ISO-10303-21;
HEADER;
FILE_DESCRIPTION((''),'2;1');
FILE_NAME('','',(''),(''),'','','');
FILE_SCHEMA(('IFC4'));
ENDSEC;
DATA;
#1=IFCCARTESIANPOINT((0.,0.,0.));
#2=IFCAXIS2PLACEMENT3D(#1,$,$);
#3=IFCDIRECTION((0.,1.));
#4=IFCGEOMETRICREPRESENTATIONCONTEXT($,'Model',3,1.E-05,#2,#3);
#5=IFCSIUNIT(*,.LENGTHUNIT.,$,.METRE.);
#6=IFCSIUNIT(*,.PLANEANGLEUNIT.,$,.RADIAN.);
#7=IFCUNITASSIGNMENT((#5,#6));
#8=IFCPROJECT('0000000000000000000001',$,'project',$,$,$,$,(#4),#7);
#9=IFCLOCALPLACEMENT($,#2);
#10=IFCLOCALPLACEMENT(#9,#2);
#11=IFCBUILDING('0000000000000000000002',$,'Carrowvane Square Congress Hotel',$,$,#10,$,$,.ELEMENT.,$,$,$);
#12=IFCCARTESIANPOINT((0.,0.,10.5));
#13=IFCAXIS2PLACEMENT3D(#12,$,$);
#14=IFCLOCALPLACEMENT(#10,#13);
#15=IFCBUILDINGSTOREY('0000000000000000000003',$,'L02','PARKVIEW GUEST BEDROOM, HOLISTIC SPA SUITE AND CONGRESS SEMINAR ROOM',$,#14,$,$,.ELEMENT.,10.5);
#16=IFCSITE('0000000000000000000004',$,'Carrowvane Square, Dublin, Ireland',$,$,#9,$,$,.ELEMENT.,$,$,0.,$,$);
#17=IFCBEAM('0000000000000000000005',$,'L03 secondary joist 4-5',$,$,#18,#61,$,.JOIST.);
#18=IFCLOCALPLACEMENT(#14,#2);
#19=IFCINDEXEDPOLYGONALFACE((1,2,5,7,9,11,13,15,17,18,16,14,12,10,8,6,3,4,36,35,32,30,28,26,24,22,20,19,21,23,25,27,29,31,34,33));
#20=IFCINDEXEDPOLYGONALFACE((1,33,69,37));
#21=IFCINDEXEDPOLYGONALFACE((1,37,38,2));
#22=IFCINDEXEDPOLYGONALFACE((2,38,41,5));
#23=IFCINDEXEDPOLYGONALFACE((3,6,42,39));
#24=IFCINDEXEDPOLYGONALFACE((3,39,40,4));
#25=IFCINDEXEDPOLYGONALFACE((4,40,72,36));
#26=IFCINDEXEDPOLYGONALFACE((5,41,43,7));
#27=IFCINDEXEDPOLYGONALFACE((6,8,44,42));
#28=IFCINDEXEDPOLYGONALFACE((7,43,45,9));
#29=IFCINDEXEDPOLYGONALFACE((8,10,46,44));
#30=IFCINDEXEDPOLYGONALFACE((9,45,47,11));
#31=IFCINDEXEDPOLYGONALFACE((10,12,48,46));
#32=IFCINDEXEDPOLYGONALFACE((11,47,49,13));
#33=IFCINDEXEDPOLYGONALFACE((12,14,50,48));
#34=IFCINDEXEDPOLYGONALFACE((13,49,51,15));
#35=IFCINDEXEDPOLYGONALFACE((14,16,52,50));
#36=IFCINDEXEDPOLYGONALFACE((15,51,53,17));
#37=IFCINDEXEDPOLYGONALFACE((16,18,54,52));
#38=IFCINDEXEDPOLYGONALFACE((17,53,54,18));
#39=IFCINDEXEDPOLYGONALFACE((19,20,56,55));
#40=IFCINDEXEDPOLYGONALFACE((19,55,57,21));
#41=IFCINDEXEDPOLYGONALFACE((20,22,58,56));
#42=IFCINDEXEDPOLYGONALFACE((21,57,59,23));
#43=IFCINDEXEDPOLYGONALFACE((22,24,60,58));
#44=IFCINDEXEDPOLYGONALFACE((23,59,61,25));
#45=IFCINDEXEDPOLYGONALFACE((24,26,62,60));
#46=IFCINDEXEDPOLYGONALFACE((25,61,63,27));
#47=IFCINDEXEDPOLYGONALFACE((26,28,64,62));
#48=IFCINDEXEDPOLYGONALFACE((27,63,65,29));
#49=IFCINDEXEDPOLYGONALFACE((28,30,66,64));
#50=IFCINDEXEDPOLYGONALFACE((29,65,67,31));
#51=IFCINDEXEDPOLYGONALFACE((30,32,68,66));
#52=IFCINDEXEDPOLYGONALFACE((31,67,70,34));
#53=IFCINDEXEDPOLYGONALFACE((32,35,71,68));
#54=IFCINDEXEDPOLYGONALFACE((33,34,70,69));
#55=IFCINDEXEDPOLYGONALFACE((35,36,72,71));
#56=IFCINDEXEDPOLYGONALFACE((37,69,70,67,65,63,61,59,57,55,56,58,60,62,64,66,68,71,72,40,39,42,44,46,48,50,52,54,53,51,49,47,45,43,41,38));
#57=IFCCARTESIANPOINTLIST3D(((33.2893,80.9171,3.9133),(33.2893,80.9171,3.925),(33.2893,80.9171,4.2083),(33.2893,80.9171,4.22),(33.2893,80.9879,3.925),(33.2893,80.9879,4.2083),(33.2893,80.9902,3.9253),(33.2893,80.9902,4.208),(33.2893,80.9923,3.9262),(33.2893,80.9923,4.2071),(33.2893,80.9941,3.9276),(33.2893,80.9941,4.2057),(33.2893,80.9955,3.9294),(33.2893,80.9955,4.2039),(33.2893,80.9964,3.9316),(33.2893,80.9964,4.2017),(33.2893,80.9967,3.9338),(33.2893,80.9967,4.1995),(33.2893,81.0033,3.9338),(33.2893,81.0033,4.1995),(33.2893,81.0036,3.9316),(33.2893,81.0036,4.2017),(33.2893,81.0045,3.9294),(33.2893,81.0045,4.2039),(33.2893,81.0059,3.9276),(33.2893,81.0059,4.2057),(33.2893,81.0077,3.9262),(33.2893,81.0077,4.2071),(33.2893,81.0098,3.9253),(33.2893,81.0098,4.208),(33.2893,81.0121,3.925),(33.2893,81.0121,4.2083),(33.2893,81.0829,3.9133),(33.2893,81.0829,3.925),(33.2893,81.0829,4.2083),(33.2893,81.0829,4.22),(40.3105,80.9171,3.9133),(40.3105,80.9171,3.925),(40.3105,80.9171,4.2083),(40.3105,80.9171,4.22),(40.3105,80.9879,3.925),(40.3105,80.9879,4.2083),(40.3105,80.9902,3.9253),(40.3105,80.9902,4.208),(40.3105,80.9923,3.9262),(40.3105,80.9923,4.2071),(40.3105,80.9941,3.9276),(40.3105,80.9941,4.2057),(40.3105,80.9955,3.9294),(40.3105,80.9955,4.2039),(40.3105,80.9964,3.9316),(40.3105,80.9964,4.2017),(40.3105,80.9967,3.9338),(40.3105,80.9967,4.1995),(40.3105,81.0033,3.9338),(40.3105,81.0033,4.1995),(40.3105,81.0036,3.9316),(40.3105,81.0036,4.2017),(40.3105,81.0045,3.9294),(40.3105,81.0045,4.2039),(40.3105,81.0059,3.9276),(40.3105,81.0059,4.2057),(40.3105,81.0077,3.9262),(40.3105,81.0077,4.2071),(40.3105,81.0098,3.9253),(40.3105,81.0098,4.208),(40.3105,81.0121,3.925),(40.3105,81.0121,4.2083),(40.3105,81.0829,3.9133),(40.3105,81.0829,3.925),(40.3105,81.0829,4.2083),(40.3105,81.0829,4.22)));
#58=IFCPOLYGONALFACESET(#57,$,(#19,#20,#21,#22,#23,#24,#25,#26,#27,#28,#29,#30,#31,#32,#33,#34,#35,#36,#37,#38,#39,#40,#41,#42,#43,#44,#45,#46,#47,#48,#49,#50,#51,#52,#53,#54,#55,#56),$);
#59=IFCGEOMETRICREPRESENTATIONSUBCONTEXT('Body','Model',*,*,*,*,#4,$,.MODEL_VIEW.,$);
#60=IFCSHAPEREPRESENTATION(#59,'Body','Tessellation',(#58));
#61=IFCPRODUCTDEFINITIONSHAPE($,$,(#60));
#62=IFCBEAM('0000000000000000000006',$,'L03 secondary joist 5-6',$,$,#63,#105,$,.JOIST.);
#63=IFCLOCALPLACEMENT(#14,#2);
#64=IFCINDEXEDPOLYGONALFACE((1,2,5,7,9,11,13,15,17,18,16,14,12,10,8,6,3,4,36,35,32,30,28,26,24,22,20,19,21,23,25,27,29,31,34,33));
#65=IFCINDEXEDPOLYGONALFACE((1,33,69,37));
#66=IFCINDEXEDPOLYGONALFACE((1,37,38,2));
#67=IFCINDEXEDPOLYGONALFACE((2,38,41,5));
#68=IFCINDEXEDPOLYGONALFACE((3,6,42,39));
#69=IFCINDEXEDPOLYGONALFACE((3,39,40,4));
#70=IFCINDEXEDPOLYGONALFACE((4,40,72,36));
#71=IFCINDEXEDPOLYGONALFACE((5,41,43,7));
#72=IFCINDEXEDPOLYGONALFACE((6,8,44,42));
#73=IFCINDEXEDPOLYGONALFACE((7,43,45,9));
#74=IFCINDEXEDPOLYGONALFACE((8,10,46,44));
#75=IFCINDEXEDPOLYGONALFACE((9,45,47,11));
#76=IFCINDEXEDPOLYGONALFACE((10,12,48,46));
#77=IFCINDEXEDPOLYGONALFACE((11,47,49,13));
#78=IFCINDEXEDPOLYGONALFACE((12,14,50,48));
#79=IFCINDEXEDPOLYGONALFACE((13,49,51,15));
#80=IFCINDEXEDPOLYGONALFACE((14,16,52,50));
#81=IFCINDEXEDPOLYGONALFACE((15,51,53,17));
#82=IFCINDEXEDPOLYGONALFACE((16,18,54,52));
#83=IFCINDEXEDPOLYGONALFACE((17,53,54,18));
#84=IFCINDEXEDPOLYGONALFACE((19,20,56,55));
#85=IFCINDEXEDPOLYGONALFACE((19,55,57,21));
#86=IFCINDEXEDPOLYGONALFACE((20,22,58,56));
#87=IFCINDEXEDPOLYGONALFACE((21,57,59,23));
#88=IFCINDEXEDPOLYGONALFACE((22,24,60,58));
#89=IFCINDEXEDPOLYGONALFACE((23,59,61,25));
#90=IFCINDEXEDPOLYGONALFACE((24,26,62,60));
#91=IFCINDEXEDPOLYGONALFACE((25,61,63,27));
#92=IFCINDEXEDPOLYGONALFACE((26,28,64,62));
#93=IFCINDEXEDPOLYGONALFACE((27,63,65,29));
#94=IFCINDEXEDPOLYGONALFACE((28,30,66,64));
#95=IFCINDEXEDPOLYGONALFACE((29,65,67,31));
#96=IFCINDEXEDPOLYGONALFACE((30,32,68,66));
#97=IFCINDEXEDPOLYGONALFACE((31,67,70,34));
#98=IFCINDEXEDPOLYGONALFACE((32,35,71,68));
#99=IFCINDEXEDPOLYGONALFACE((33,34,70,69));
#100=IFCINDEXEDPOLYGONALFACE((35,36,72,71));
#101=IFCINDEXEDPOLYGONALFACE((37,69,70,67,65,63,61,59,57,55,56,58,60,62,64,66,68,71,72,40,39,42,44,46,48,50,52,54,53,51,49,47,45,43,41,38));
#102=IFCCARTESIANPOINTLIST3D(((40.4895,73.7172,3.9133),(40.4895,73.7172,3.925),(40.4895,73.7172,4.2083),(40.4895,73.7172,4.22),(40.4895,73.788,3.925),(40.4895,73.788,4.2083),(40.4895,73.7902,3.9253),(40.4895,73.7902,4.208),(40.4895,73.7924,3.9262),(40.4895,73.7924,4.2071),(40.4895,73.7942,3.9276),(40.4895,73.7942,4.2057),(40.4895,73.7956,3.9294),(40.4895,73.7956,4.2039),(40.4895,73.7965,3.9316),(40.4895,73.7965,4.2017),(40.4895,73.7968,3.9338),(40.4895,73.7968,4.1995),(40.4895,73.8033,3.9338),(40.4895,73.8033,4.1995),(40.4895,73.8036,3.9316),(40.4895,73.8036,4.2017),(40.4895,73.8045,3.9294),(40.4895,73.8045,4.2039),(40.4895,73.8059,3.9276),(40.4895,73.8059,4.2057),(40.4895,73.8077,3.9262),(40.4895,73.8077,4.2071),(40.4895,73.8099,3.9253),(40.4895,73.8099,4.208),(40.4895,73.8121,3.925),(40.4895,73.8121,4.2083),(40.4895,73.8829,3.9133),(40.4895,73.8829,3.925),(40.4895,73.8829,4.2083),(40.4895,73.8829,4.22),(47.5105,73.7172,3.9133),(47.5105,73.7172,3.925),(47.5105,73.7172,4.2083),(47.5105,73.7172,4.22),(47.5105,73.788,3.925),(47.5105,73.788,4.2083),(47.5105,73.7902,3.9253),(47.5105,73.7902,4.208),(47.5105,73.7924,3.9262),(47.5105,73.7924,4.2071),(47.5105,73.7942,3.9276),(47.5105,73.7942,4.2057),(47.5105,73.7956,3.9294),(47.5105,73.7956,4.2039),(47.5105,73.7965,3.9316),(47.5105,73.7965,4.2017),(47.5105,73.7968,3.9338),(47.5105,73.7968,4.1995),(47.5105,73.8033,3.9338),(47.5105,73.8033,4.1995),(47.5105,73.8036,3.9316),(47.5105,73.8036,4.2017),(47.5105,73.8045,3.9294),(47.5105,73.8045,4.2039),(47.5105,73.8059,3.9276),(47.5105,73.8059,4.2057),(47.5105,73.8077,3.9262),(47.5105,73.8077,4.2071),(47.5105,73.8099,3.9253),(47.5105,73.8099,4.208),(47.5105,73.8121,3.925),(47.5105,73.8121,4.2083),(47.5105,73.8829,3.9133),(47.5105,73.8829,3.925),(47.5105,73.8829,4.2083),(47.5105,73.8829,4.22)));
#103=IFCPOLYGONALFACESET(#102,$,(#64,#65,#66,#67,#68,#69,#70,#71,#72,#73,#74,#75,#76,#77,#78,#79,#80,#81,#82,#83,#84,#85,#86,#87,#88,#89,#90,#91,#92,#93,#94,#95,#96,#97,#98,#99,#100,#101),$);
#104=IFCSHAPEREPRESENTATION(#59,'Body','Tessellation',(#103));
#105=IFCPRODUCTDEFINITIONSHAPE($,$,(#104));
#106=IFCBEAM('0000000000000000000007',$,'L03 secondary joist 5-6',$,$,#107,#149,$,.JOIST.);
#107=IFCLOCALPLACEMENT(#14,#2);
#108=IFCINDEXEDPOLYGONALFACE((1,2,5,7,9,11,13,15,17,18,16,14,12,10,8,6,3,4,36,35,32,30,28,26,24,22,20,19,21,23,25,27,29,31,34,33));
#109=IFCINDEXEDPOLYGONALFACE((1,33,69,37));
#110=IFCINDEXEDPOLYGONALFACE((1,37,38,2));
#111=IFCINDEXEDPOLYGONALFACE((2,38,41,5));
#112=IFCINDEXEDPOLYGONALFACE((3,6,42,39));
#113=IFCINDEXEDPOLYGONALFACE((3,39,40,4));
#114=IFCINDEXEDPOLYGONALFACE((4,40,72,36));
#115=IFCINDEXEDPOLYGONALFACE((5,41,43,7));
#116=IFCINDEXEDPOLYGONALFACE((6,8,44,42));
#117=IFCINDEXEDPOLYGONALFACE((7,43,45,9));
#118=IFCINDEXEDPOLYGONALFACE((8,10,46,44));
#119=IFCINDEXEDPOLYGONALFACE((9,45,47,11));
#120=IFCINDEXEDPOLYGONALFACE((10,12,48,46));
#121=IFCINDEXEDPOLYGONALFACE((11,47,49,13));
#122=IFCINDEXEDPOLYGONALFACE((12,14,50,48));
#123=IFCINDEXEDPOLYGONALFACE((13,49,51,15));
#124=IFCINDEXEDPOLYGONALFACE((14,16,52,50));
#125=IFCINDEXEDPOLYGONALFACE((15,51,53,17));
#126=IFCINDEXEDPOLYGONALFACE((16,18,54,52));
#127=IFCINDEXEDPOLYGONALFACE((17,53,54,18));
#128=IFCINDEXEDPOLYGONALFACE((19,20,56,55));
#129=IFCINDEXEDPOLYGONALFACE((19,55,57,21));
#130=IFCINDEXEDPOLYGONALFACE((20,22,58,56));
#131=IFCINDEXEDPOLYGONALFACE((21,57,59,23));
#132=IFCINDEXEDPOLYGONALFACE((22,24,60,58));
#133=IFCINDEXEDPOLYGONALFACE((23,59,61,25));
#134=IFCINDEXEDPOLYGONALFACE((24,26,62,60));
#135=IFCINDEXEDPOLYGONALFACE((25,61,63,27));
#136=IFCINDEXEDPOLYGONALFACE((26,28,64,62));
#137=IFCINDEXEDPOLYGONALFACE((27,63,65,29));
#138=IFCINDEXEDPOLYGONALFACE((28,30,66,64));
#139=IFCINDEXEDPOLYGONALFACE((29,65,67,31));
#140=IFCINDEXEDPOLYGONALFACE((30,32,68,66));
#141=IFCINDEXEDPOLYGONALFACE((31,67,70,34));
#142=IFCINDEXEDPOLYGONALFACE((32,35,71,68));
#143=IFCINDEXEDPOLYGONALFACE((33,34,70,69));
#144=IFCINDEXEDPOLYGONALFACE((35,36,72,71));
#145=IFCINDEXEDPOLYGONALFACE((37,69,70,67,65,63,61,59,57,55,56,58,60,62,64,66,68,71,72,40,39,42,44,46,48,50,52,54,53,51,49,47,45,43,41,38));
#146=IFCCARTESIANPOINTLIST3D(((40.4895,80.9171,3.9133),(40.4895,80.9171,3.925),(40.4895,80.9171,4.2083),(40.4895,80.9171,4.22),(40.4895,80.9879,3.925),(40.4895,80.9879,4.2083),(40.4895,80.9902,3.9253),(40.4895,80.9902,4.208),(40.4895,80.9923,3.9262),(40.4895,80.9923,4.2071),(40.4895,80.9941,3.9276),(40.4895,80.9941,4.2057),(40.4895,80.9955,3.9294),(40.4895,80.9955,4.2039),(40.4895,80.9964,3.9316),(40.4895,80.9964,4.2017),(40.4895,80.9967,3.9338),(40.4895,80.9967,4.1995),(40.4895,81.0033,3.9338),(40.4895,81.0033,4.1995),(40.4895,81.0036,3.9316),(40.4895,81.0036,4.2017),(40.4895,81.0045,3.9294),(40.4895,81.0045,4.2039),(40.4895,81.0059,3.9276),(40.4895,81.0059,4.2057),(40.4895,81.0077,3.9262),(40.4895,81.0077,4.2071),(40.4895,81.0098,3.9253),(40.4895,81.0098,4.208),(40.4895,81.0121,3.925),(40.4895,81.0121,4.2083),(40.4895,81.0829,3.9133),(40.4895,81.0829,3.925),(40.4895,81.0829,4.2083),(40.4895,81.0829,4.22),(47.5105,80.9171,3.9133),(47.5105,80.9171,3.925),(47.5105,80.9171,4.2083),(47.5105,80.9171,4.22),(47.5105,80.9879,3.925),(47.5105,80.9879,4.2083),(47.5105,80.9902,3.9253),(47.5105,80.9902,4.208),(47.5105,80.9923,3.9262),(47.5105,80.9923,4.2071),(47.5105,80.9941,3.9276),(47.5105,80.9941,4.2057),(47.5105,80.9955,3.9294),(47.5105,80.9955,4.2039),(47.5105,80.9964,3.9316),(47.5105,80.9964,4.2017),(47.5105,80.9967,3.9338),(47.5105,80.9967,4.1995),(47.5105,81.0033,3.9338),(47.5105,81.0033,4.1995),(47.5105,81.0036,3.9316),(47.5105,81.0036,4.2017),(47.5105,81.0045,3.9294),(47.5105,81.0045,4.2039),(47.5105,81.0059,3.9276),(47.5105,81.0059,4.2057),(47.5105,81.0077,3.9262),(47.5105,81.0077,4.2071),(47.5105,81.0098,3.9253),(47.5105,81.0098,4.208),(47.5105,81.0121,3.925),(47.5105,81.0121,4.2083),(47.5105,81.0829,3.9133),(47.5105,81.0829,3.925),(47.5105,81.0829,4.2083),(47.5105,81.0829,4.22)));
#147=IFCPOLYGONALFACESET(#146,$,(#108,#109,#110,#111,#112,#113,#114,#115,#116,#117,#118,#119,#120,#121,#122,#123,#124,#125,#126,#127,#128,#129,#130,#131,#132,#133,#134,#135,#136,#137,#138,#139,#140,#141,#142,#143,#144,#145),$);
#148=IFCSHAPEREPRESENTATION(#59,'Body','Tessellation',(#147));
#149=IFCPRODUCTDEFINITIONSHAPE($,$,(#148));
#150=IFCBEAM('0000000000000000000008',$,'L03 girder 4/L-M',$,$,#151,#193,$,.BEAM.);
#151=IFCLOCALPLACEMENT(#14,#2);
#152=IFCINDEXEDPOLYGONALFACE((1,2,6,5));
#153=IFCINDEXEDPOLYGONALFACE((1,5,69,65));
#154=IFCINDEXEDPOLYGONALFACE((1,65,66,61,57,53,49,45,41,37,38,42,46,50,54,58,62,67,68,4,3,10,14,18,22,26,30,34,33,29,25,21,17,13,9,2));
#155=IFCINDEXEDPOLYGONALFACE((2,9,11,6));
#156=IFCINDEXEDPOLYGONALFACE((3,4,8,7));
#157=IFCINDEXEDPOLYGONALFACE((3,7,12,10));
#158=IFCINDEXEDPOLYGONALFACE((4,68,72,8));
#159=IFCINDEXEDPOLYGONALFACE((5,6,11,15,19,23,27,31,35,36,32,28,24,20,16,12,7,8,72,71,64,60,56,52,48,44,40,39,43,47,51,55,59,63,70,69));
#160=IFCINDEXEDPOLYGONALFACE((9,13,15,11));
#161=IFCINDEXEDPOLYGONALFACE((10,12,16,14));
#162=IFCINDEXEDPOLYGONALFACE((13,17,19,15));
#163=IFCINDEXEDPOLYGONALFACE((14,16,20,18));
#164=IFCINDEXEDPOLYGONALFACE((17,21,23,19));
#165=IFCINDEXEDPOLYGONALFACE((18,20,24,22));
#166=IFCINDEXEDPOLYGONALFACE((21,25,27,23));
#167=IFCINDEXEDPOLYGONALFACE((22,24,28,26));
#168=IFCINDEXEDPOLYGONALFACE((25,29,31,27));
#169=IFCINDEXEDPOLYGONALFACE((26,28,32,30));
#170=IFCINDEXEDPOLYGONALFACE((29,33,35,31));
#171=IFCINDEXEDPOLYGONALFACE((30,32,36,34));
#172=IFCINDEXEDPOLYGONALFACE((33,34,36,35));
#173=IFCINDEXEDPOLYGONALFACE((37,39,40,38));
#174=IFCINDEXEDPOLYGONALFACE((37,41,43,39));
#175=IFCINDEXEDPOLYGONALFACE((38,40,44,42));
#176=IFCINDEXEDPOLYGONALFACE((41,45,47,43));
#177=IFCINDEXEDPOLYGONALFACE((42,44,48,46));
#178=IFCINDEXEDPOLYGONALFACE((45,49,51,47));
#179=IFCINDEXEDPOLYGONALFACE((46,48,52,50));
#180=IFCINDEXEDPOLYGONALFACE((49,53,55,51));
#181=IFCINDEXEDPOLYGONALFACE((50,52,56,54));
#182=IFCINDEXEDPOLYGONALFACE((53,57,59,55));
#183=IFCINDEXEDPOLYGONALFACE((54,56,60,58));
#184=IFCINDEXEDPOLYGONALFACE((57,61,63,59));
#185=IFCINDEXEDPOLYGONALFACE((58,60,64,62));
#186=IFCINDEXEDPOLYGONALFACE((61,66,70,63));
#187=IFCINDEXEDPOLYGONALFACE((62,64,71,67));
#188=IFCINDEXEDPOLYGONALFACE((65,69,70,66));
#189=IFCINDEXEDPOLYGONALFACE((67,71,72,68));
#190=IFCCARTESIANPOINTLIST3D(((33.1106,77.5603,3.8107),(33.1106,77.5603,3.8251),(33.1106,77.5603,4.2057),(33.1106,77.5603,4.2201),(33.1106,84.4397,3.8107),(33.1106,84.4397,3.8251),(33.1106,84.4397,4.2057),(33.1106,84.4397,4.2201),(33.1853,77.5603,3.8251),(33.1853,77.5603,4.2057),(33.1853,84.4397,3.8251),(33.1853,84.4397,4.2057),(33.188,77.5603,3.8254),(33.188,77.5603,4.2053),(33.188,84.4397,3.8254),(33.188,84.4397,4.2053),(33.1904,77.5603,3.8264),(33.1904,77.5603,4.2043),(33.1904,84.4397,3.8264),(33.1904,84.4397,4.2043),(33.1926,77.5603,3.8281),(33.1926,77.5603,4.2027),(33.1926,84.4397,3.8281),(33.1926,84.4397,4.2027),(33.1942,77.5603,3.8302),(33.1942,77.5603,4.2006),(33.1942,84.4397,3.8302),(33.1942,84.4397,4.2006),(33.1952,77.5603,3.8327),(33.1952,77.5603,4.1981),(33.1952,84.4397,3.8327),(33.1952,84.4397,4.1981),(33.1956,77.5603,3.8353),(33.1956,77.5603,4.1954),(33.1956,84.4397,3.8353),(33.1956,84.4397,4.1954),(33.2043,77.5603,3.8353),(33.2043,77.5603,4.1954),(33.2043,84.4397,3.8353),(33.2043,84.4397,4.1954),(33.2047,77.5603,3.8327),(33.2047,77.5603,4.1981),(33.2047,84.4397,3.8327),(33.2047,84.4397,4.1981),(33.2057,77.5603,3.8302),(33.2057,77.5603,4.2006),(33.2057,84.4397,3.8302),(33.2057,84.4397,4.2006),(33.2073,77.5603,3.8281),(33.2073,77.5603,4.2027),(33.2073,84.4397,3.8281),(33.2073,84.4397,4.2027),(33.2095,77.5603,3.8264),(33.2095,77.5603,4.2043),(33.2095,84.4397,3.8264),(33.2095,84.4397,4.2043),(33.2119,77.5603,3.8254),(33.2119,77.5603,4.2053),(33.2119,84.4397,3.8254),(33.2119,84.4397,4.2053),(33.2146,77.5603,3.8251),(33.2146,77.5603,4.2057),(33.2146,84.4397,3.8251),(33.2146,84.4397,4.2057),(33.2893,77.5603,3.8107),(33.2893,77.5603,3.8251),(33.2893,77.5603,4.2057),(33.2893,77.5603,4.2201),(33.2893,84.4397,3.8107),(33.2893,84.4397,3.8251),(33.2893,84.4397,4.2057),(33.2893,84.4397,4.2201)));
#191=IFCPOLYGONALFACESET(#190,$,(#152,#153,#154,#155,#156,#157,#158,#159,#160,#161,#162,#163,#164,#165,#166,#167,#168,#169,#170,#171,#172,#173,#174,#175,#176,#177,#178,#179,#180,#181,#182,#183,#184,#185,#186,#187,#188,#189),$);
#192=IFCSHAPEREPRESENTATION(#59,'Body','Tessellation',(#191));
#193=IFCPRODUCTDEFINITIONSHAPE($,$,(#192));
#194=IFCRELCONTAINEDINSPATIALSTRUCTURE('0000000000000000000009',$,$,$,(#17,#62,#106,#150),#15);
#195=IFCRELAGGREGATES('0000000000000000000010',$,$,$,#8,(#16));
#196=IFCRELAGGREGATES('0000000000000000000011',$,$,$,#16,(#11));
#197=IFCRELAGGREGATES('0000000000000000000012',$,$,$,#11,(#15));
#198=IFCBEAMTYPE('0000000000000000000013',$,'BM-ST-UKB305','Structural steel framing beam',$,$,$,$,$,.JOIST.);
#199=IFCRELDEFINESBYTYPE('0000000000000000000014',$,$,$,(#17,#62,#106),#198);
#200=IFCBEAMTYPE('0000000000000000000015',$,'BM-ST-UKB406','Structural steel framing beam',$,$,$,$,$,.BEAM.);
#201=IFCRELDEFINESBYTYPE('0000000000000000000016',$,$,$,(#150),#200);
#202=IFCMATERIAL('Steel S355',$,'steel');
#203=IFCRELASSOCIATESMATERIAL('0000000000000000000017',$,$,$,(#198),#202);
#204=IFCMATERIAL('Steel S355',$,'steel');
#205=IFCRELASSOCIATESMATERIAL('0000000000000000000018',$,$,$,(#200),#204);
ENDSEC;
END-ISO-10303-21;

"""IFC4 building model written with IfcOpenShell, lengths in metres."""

from ifc_helpers import new_model, si_unit, direction, frame, origin, origin_2d, place, context, subcontext, project, spatial, i_section, extrude, material, material_profile, profile_set, type_object, element, save


model = new_model("IFC4")

# Units and contexts
model_context = context("Model", 3, precision=1e-05, world=origin(), true_north=direction((0.0, 1.0)))
body_context = subcontext(model_context, "Body", "Model", "MODEL_VIEW")
ifc_project = project(units=[si_unit("LENGTHUNIT", "METRE"), si_unit("PLANEANGLEUNIT", "RADIAN")], contexts=[model_context])

# Site, building, storey
site_placement = place(None, origin())
site = spatial("IfcSite", under=ifc_project, at=site_placement, Name="Carrowvane Square, Dublin, Ireland", CompositionType="ELEMENT", RefElevation=0.0)
building_placement = place(site_placement, origin())
building = spatial("IfcBuilding", under=site, at=building_placement, Name="Carrowvane Square Congress Hotel", CompositionType="ELEMENT")
storey_placement = place(building_placement, frame((0.0, 0.0, 10.5)))
storey = spatial("IfcBuildingStorey", under=building, at=storey_placement, Name="L02", Description="PARKVIEW GUEST BEDROOM, HOLISTIC SPA SUITE AND CONGRESS SEMINAR ROOM", CompositionType="ELEMENT", Elevation=10.5)

# Beams
ifc_material_1 = material(Name="Steel S355", Category="steel")
ifc_material_profile_1 = material_profile(ifc_material_1, i_section(OverallWidth=0.1658, OverallDepth=0.3066, WebThickness=0.0066, FlangeThickness=0.0117, FilletRadius=0.0088, at=origin_2d()), Name="UKB 305x165x46")
ifc_profile_set_1 = profile_set([ifc_material_profile_1], Name="Steel S355")
beam_type_1 = type_object("IfcBeamType", Name="BM-ST-UKB305", Description="Structural steel framing beam", PredefinedType="JOIST", material=ifc_profile_set_1)
for number, where, z_axis, x_axis, name in (
    (1, (33.2893, 81.0, 4.0667), (1.0, 0.0, 0.0), (0.0, 1.0, 0.0), "L03 secondary joist 4-5"),
):
    element("IfcBeam", number, at=place(storey_placement, frame(where, z_axis=z_axis, x_axis=x_axis)), inside=storey, type_object=beam_type_1, Name=name, PredefinedType="JOIST", context=body_context, shape_type="SweptSolid", body=[
        extrude(i_section(OverallWidth=0.1658, OverallDepth=0.3066, WebThickness=0.0066, FlangeThickness=0.0117, FilletRadius=0.0088, at=origin_2d()), origin(), (0.0, 0.0, 1.0), 7.0212),
    ])
for number, where, z_axis, x_axis, name in (
    (2, (40.4895, 73.8, 4.0667), (1.0, 0.0, 0.0), (0.0, 1.0, 0.0), "L03 secondary joist 5-6"),
    (3, (40.4895, 81.0, 4.0667), (1.0, 0.0, 0.0), (0.0, 1.0, 0.0), "L03 secondary joist 5-6"),
):
    element("IfcBeam", number, at=place(storey_placement, frame(where, z_axis=z_axis, x_axis=x_axis)), inside=storey, type_object=beam_type_1, Name=name, PredefinedType="JOIST", context=body_context, shape_type="SweptSolid", body=[
        extrude(i_section(OverallWidth=0.1658, OverallDepth=0.3066, WebThickness=0.0066, FlangeThickness=0.0117, FilletRadius=0.0088, at=origin_2d()), origin(), (0.0, 0.0, 1.0), 7.021),
    ])
ifc_material_2 = material(Name="Steel S355", Category="steel")
ifc_material_profile_2 = material_profile(ifc_material_2, i_section(OverallWidth=0.1787, OverallDepth=0.4094, WebThickness=0.0088, FlangeThickness=0.0144, FilletRadius=0.0103, at=origin_2d()), Name="UKB 406x178x67")
ifc_profile_set_2 = profile_set([ifc_material_profile_2], Name="Steel S355")
beam_type_2 = type_object("IfcBeamType", Name="BM-ST-UKB406", Description="Structural steel framing beam", PredefinedType="BEAM", material=ifc_profile_set_2)
beam_1_placement = place(storey_placement, frame((33.2, 77.5603, 4.0154), z_axis=(0.0, 1.0, 0.0), x_axis=(-1.0, 0.0, 0.0)))
element("IfcBeam", 4, at=beam_1_placement, inside=storey, type_object=beam_type_2, Name="L03 girder 4/L-M", PredefinedType="BEAM", context=body_context, shape_type="SweptSolid", body=[
    extrude(i_section(OverallWidth=0.1787, OverallDepth=0.4094, WebThickness=0.0088, FlangeThickness=0.0144, FilletRadius=0.0103, at=origin_2d()), origin(), (0.0, 0.0, 1.0), 6.8794),
])

save(model, "model.ifc")
